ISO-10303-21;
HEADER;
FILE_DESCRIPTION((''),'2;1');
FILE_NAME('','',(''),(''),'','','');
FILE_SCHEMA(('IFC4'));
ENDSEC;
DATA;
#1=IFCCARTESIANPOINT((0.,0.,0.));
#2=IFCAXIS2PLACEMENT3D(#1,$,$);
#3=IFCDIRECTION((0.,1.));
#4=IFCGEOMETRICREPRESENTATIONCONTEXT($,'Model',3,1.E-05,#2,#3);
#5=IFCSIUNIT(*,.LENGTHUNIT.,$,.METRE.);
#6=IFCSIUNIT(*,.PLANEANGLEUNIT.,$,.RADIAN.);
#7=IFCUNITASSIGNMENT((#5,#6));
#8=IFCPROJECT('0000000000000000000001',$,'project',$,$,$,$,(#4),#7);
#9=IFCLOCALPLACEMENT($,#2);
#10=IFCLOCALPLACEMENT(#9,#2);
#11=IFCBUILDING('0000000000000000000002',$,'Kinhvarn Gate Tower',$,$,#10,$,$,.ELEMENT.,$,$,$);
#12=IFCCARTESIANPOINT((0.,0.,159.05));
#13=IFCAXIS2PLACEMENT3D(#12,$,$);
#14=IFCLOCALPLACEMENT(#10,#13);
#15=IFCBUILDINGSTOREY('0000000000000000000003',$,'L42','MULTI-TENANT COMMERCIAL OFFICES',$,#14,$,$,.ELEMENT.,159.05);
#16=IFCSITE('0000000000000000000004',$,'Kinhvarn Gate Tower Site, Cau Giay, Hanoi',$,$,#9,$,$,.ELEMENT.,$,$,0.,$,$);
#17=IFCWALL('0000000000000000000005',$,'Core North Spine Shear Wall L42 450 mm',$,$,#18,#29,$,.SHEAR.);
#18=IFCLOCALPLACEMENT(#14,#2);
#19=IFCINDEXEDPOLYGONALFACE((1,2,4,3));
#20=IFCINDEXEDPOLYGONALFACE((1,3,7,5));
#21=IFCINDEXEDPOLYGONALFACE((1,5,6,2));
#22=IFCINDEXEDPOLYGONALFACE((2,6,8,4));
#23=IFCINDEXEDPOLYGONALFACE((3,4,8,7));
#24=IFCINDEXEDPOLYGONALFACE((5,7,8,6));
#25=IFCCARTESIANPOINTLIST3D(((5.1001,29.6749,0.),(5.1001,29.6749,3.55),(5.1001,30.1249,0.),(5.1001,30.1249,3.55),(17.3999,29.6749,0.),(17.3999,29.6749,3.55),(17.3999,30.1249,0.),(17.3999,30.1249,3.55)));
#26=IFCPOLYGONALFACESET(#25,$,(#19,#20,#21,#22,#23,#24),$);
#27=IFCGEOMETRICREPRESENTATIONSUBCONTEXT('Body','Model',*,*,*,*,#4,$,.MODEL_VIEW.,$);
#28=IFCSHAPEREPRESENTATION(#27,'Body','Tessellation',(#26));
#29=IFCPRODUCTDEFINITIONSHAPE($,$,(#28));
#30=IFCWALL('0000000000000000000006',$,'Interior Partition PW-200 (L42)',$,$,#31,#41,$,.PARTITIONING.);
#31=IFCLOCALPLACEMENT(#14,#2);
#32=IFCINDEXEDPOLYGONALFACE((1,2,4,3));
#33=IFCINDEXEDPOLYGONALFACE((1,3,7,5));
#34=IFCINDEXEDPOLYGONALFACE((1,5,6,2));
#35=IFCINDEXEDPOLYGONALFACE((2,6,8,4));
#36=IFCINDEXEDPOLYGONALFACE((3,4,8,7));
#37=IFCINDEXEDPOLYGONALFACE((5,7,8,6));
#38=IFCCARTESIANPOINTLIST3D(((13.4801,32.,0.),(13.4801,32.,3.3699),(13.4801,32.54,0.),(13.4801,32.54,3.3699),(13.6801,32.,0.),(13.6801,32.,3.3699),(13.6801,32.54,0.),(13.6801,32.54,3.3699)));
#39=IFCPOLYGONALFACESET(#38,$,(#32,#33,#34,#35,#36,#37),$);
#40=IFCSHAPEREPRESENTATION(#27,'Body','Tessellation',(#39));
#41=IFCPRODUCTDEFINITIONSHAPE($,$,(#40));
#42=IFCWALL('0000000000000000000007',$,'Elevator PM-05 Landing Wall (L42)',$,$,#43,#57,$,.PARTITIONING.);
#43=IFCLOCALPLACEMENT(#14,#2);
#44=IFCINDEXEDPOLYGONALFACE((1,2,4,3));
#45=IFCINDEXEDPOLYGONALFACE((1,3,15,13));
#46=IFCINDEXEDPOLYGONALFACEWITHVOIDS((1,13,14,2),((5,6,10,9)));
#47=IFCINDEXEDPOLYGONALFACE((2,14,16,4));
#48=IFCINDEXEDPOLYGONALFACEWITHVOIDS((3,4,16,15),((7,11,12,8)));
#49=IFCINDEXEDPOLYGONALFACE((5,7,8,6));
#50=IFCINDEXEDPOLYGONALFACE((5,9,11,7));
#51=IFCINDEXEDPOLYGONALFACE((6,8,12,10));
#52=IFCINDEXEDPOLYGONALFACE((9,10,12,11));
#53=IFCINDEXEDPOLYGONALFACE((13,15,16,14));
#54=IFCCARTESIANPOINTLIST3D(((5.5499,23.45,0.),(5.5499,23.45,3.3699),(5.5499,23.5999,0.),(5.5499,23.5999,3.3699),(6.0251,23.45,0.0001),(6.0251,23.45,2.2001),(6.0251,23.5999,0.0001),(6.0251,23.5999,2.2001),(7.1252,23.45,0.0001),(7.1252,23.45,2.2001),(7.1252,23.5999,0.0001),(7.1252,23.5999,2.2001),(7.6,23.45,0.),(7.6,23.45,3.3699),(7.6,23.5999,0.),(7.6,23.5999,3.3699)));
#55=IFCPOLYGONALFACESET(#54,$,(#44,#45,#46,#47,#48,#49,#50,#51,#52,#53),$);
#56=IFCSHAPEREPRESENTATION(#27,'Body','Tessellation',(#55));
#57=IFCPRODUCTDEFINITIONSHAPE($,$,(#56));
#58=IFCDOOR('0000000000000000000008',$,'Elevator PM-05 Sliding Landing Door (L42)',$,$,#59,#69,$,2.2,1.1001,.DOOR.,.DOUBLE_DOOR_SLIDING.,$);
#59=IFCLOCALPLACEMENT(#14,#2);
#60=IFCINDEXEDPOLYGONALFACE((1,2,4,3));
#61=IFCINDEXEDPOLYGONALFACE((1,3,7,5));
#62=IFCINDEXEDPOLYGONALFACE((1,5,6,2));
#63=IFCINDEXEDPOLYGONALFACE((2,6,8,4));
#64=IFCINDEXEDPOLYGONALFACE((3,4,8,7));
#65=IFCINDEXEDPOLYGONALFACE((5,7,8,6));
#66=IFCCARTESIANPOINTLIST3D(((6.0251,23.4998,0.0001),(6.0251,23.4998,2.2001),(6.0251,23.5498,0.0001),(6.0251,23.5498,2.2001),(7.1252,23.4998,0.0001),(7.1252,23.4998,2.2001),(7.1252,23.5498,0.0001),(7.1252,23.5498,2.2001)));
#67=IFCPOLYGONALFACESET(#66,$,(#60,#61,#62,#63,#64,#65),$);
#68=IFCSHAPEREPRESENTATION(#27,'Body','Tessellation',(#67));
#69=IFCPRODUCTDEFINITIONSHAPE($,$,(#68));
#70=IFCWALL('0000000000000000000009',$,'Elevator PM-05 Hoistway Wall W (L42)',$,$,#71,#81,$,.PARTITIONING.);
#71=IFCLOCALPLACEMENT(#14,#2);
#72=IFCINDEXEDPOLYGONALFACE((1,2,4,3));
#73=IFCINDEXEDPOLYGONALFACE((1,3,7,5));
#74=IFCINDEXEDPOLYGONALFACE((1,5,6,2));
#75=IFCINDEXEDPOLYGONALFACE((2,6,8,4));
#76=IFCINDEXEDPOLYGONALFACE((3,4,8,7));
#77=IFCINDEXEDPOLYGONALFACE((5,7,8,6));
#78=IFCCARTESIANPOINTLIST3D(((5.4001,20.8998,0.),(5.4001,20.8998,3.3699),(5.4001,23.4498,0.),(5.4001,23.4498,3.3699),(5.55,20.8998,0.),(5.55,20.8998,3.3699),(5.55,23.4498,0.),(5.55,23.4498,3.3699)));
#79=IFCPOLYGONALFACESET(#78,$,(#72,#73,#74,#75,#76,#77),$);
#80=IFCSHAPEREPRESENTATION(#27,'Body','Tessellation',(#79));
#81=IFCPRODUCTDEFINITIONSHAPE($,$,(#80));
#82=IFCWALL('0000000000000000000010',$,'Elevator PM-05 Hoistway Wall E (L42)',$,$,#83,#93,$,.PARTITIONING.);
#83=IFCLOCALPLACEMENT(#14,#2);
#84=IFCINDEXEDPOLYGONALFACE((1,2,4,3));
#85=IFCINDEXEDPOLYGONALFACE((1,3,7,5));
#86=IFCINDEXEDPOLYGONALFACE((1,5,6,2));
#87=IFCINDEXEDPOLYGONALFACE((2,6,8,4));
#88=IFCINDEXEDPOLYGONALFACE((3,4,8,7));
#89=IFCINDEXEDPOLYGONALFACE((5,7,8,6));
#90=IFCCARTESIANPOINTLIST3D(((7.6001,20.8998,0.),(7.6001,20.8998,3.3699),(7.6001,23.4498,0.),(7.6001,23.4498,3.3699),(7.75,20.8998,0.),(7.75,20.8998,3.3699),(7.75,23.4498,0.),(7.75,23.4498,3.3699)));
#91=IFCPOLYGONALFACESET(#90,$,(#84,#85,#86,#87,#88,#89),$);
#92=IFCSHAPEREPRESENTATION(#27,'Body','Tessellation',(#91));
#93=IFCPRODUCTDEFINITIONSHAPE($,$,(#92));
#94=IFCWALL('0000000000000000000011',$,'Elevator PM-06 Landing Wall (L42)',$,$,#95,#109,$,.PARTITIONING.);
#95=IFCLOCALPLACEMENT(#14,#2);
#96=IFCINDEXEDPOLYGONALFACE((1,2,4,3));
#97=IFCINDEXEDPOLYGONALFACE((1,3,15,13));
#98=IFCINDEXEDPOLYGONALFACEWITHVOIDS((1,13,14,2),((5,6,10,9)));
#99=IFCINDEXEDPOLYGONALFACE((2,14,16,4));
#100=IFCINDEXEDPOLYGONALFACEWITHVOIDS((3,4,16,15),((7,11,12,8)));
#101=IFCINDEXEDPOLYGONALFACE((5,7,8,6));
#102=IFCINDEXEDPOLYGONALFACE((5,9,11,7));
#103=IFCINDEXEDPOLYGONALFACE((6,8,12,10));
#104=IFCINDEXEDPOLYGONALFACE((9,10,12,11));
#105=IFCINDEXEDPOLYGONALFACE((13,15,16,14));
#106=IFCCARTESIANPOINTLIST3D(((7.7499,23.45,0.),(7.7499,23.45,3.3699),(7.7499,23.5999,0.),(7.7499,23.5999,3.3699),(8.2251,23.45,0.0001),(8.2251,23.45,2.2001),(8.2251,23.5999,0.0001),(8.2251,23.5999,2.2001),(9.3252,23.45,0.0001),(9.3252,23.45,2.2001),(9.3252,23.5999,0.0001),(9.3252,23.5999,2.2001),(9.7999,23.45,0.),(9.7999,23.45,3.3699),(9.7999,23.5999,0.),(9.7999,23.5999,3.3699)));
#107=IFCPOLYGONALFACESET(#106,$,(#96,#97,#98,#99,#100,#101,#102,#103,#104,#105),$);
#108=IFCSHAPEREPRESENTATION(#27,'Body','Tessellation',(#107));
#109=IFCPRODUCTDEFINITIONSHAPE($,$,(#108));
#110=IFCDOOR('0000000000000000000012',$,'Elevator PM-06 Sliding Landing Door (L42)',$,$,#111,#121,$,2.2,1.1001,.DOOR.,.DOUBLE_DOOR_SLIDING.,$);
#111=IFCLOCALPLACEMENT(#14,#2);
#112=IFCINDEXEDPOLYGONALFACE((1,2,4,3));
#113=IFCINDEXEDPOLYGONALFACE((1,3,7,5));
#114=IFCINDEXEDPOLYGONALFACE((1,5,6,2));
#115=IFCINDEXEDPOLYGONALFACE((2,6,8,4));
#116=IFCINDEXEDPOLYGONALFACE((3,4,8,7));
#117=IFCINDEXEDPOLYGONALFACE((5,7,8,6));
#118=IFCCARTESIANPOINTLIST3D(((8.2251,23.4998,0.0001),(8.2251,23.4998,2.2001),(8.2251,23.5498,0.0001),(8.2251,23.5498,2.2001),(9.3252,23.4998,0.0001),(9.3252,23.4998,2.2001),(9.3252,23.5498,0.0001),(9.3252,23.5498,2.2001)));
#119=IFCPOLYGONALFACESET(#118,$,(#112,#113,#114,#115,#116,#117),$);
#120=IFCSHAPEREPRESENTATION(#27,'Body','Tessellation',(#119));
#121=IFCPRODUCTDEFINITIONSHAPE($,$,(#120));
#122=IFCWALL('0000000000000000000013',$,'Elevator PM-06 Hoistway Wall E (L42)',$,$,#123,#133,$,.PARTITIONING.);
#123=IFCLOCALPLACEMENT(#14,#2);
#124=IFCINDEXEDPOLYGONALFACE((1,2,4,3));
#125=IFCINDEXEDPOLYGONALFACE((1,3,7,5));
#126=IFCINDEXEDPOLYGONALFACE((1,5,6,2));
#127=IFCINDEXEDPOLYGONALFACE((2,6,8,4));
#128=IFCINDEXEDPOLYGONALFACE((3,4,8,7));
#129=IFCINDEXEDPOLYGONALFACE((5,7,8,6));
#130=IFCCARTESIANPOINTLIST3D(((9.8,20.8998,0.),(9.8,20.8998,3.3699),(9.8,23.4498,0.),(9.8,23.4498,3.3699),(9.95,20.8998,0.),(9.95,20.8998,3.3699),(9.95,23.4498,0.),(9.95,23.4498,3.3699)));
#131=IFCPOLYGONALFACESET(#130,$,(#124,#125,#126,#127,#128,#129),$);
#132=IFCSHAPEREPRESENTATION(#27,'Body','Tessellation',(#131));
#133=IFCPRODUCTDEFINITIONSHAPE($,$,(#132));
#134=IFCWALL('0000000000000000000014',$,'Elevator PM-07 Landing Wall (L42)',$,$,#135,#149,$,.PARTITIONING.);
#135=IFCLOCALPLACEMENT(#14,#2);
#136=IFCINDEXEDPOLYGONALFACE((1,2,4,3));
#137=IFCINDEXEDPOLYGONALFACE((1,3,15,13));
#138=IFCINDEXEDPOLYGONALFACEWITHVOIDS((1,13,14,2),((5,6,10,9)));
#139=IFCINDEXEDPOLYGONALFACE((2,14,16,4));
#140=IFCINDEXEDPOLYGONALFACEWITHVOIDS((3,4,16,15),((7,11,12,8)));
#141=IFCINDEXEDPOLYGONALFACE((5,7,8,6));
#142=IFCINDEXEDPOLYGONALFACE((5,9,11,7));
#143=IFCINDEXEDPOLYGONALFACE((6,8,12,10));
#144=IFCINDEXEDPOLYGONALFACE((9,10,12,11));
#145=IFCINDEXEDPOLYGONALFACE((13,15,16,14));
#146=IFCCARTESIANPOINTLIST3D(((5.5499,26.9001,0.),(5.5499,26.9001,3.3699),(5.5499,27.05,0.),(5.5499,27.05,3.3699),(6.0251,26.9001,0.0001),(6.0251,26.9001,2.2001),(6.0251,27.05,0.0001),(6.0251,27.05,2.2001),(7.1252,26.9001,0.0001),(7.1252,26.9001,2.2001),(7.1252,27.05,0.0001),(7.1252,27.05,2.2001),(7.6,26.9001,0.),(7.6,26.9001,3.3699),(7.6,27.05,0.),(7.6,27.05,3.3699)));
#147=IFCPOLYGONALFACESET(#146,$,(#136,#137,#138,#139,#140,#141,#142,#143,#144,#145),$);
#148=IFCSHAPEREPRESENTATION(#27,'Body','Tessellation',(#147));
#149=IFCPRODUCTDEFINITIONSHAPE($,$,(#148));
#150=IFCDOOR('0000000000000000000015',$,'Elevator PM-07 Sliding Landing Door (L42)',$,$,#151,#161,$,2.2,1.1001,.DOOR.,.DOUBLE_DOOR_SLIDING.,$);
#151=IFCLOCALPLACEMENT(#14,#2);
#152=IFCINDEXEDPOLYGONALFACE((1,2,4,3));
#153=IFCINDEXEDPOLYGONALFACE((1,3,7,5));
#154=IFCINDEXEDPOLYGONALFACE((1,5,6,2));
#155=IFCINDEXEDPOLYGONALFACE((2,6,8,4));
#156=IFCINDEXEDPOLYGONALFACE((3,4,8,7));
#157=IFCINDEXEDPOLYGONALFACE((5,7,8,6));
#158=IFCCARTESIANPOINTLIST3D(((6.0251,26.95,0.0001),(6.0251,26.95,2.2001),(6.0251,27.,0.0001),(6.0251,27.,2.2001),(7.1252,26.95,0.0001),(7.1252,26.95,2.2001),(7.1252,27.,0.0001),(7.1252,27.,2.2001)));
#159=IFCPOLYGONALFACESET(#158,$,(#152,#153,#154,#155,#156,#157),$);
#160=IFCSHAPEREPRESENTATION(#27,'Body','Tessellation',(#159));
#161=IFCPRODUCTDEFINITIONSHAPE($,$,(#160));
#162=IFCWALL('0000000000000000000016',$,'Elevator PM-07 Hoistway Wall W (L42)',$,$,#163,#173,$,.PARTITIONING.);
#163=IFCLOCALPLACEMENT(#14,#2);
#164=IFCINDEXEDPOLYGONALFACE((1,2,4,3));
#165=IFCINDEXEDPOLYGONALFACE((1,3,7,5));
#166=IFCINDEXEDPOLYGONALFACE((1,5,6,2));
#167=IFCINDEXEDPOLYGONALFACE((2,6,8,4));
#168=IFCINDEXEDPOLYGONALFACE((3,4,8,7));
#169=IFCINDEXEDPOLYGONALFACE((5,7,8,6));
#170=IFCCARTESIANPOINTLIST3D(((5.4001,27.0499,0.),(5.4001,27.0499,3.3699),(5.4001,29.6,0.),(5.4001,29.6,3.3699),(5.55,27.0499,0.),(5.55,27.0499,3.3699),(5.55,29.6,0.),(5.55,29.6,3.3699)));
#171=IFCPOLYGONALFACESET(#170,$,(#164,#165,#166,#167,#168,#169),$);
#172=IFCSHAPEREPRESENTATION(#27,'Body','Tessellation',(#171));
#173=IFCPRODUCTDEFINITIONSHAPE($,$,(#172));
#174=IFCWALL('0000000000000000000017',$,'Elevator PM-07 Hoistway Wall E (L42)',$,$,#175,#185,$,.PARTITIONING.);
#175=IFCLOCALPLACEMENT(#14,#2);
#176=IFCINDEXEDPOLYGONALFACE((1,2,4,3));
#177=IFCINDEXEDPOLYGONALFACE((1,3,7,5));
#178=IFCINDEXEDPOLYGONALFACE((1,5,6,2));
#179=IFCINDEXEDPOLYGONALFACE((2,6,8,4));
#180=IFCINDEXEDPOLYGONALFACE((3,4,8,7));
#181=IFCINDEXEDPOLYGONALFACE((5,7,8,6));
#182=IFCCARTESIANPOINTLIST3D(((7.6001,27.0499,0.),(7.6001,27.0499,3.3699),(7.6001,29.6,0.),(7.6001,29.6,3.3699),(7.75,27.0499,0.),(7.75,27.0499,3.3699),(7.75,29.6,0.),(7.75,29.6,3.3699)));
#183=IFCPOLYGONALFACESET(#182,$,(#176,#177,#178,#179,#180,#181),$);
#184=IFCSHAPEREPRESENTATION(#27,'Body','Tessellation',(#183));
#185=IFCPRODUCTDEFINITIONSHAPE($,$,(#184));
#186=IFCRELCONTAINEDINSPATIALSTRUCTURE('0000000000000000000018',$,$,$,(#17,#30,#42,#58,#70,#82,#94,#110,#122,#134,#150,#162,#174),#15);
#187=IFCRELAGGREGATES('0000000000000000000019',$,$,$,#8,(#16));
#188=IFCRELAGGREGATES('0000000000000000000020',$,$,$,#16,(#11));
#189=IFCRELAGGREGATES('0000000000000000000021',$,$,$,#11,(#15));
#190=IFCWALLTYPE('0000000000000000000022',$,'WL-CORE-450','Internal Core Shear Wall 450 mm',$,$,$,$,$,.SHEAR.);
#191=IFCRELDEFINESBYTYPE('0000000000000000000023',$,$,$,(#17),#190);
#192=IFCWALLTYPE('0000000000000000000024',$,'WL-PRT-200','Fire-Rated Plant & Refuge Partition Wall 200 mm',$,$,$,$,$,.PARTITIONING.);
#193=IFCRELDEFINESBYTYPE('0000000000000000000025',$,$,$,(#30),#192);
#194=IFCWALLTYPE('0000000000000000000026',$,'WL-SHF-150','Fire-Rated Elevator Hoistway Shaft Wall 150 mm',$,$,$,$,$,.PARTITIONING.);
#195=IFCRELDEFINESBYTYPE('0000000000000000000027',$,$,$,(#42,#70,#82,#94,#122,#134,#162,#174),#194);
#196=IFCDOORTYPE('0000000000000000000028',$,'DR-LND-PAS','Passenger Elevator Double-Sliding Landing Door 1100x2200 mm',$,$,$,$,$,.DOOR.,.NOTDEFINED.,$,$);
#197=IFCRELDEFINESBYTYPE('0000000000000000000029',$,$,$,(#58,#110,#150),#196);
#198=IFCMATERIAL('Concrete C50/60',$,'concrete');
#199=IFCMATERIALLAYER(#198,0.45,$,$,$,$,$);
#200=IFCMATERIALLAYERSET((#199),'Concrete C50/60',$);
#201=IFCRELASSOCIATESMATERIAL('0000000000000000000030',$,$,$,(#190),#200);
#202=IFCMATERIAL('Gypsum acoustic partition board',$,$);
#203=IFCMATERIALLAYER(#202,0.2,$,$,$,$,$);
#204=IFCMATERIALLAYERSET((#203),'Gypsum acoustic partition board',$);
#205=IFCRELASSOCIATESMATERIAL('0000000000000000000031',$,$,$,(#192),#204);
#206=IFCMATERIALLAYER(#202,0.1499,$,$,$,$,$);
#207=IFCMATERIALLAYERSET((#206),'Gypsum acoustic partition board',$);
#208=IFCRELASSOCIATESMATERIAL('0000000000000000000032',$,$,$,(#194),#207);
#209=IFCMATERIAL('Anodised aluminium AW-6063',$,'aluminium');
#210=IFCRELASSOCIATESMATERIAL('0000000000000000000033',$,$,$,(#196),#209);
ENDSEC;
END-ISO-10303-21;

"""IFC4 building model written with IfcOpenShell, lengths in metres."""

from ifc_helpers import new_model, si_unit, direction, frame, frame_2d, origin, place, context, subcontext, project, spatial, rectangle, extrude, material, layer, layer_set, type_object, element, fill, save


model = new_model("IFC4")

# Units and contexts
model_context = context("Model", 3, precision=1e-05, world=origin(), true_north=direction((0.0, 1.0)))
body_context = subcontext(model_context, "Body", "Model", "MODEL_VIEW")
ifc_project = project(units=[si_unit("LENGTHUNIT", "METRE"), si_unit("PLANEANGLEUNIT", "RADIAN")], contexts=[model_context])

# Site, building, storey
site_placement = place(None, origin())
site = spatial("IfcSite", under=ifc_project, at=site_placement, Name="Kinhvarn Gate Tower Site, Cau Giay, Hanoi", CompositionType="ELEMENT", RefElevation=0.0)
building_placement = place(site_placement, origin())
building = spatial("IfcBuilding", under=site, at=building_placement, Name="Kinhvarn Gate Tower", CompositionType="ELEMENT")
storey_placement = place(building_placement, frame((0.0, 0.0, 159.05)))
storey = spatial("IfcBuildingStorey", under=building, at=storey_placement, Name="L42", Description="MULTI-TENANT COMMERCIAL OFFICES", CompositionType="ELEMENT", Elevation=159.05)

# Walls
ifc_material_1 = material(Name="Concrete C50/60", Category="concrete")
ifc_layer_1 = layer(ifc_material_1, 0.45)
ifc_layer_set_1 = layer_set([ifc_layer_1], Name="Concrete C50/60")
wall_type_1 = type_object("IfcWallType", Name="WL-CORE-450", Description="Internal Core Shear Wall 450 mm", PredefinedType="SHEAR", material=ifc_layer_set_1)
wall_1_placement = place(storey_placement, frame((5.1001, 29.8999, 0.0), z_axis=(0.0, 0.0, 1.0), x_axis=(1.0, 0.0, 0.0)))
element("IfcWall", 1, at=wall_1_placement, inside=storey, type_object=wall_type_1, Name="Core North Spine Shear Wall L42 450 mm", PredefinedType="SHEAR", context=body_context, shape_type="SweptSolid", body=[
    extrude(rectangle(XDim=12.2998, YDim=0.45, at=frame_2d((6.1499, 0.0))), origin(), (0.0, 0.0, 1.0), 3.55),
])
ifc_material_2 = material(Name="Gypsum acoustic partition board")
ifc_layer_2 = layer(ifc_material_2, 0.2)
ifc_layer_set_2 = layer_set([ifc_layer_2], Name="Gypsum acoustic partition board")
wall_type_2 = type_object("IfcWallType", Name="WL-PRT-200", Description="Fire-Rated Plant & Refuge Partition Wall 200 mm", PredefinedType="PARTITIONING", material=ifc_layer_set_2)
wall_2_placement = place(storey_placement, frame((13.5801, 32.0, 0.0), z_axis=(0.0, 0.0, 1.0), x_axis=(0.0, 1.0, 0.0)))
element("IfcWall", 2, at=wall_2_placement, inside=storey, type_object=wall_type_2, Name="Interior Partition PW-200 (L42)", PredefinedType="PARTITIONING", context=body_context, shape_type="SweptSolid", body=[
    extrude(rectangle(XDim=0.54, YDim=0.2, at=frame_2d((0.27, 0.0))), origin(), (0.0, 0.0, 1.0), 3.3699),
])

# Wall, opening, door
ifc_layer_3 = layer(ifc_material_2, 0.1499)
ifc_layer_set_3 = layer_set([ifc_layer_3], Name="Gypsum acoustic partition board")
wall_type_3 = type_object("IfcWallType", Name="WL-SHF-150", Description="Fire-Rated Elevator Hoistway Shaft Wall 150 mm", PredefinedType="PARTITIONING", material=ifc_layer_set_3)
wall_3_placement = place(storey_placement, frame((5.55, 23.5249, 0.0), z_axis=(0.0, 0.0, 1.0), x_axis=(1.0, 0.0, 0.0)))
wall_3 = element("IfcWall", 3, at=wall_3_placement, inside=storey, type_object=wall_type_3, Name="Elevator PM-05 Landing Wall (L42)", PredefinedType="PARTITIONING", context=body_context, shape_type="SweptSolid", body=[
    extrude(rectangle(XDim=2.05, YDim=0.1499, at=frame_2d((1.0249, 0.0))), origin(), (0.0, 0.0, 1.0), 3.3699),
])
opening_1_placement = place(wall_3_placement, frame((0.4751, 0.0, 0.0)))
opening_1 = element("IfcOpeningElement", 4, at=opening_1_placement, cuts=wall_3, PredefinedType="OPENING", context=body_context, shape_type="SweptSolid", body=[
    extrude(rectangle(XDim=1.1001, YDim=2.2, at=frame_2d((0.55, 1.1001))), frame((0.0, 0.085, 0.0), z_axis=(0.0, -1.0, 0.0), x_axis=(1.0, 0.0, 0.0)), (0.0, 0.0, 1.0), 0.1699),
])
ifc_material_3 = material(Name="Anodised aluminium AW-6063", Category="aluminium")
door_type_1 = type_object("IfcDoorType", Name="DR-LND-PAS", Description="Passenger Elevator Double-Sliding Landing Door 1100x2200 mm", OperationType="NOTDEFINED", PredefinedType="DOOR", material=ifc_material_3)
door_1_placement = place(opening_1_placement, origin())
door_1 = element("IfcDoor", 5, at=door_1_placement, inside=storey, type_object=door_type_1, Name="Elevator PM-05 Sliding Landing Door (L42)", OperationType="DOUBLE_DOOR_SLIDING", OverallHeight=2.2, OverallWidth=1.1001, PredefinedType="DOOR", context=body_context, shape_type="SweptSolid", body=[
    extrude(rectangle(XDim=1.1001, YDim=2.2, at=frame_2d((0.55, 1.1001))), frame((0.0, 0.0249, 0.0), z_axis=(0.0, -1.0, 0.0), x_axis=(1.0, 0.0, 0.0)), (0.0, 0.0, 1.0), 0.05),
])
fill(opening_1, door_1)

# Walls
for number, where, z_axis, x_axis, name in (
    (6, (5.4751, 20.8999, 0.0), (0.0, 0.0, 1.0), (0.0, 1.0, 0.0), "Elevator PM-05 Hoistway Wall W (L42)"),
    (7, (7.675, 20.8999, 0.0), (0.0, 0.0, 1.0), (0.0, 1.0, 0.0), "Elevator PM-05 Hoistway Wall E (L42)"),
):
    element("IfcWall", number, at=place(storey_placement, frame(where, z_axis=z_axis, x_axis=x_axis)), inside=storey, type_object=wall_type_3, Name=name, PredefinedType="PARTITIONING", context=body_context, shape_type="SweptSolid", body=[
        extrude(rectangle(XDim=2.55, YDim=0.1499, at=frame_2d((1.2749, 0.0))), origin(), (0.0, 0.0, 1.0), 3.3699),
    ])

# Wall, opening, door
wall_4_placement = place(storey_placement, frame((7.75, 23.5249, 0.0), z_axis=(0.0, 0.0, 1.0), x_axis=(1.0, 0.0, 0.0)))
wall_4 = element("IfcWall", 8, at=wall_4_placement, inside=storey, type_object=wall_type_3, Name="Elevator PM-06 Landing Wall (L42)", PredefinedType="PARTITIONING", context=body_context, shape_type="SweptSolid", body=[
    extrude(rectangle(XDim=2.05, YDim=0.1499, at=frame_2d((1.0249, 0.0))), origin(), (0.0, 0.0, 1.0), 3.3699),
])
opening_2_placement = place(wall_4_placement, frame((0.4751, 0.0, 0.0)))
opening_2 = element("IfcOpeningElement", 9, at=opening_2_placement, cuts=wall_4, PredefinedType="OPENING", context=body_context, shape_type="SweptSolid", body=[
    extrude(rectangle(XDim=1.1001, YDim=2.2, at=frame_2d((0.55, 1.1001))), frame((0.0, 0.085, 0.0), z_axis=(0.0, -1.0, 0.0), x_axis=(1.0, 0.0, 0.0)), (0.0, 0.0, 1.0), 0.1699),
])
door_2_placement = place(opening_2_placement, origin())
door_2 = element("IfcDoor", 10, at=door_2_placement, inside=storey, type_object=door_type_1, Name="Elevator PM-06 Sliding Landing Door (L42)", OperationType="DOUBLE_DOOR_SLIDING", OverallHeight=2.2, OverallWidth=1.1001, PredefinedType="DOOR", context=body_context, shape_type="SweptSolid", body=[
    extrude(rectangle(XDim=1.1001, YDim=2.2, at=frame_2d((0.55, 1.1001))), frame((0.0, 0.0249, 0.0), z_axis=(0.0, -1.0, 0.0), x_axis=(1.0, 0.0, 0.0)), (0.0, 0.0, 1.0), 0.05),
])
fill(opening_2, door_2)

# Wall
wall_5_placement = place(storey_placement, frame((9.875, 20.8999, 0.0), z_axis=(0.0, 0.0, 1.0), x_axis=(0.0, 1.0, 0.0)))
element("IfcWall", 11, at=wall_5_placement, inside=storey, type_object=wall_type_3, Name="Elevator PM-06 Hoistway Wall E (L42)", PredefinedType="PARTITIONING", context=body_context, shape_type="SweptSolid", body=[
    extrude(rectangle(XDim=2.55, YDim=0.1499, at=frame_2d((1.2749, 0.0))), origin(), (0.0, 0.0, 1.0), 3.3699),
])

# Wall, opening, door
wall_6_placement = place(storey_placement, frame((5.55, 26.9751, 0.0), z_axis=(0.0, 0.0, 1.0), x_axis=(1.0, 0.0, 0.0)))
wall_6 = element("IfcWall", 12, at=wall_6_placement, inside=storey, type_object=wall_type_3, Name="Elevator PM-07 Landing Wall (L42)", PredefinedType="PARTITIONING", context=body_context, shape_type="SweptSolid", body=[
    extrude(rectangle(XDim=2.05, YDim=0.1499, at=frame_2d((1.0249, 0.0))), origin(), (0.0, 0.0, 1.0), 3.3699),
])
opening_3_placement = place(wall_6_placement, frame((0.4751, 0.0, 0.0)))
opening_3 = element("IfcOpeningElement", 13, at=opening_3_placement, cuts=wall_6, PredefinedType="OPENING", context=body_context, shape_type="SweptSolid", body=[
    extrude(rectangle(XDim=1.1001, YDim=2.2, at=frame_2d((0.55, 1.1001))), frame((0.0, 0.085, 0.0), z_axis=(0.0, -1.0, 0.0), x_axis=(1.0, 0.0, 0.0)), (0.0, 0.0, 1.0), 0.1699),
])
door_3_placement = place(opening_3_placement, origin())
door_3 = element("IfcDoor", 14, at=door_3_placement, inside=storey, type_object=door_type_1, Name="Elevator PM-07 Sliding Landing Door (L42)", OperationType="DOUBLE_DOOR_SLIDING", OverallHeight=2.2, OverallWidth=1.1001, PredefinedType="DOOR", context=body_context, shape_type="SweptSolid", body=[
    extrude(rectangle(XDim=1.1001, YDim=2.2, at=frame_2d((0.55, 1.1001))), frame((0.0, 0.0249, 0.0), z_axis=(0.0, -1.0, 0.0), x_axis=(1.0, 0.0, 0.0)), (0.0, 0.0, 1.0), 0.05),
])
fill(opening_3, door_3)

# Walls
for number, where, z_axis, x_axis, name in (
    (15, (5.4751, 27.05, 0.0), (0.0, 0.0, 1.0), (0.0, 1.0, 0.0), "Elevator PM-07 Hoistway Wall W (L42)"),
    (16, (7.675, 27.05, 0.0), (0.0, 0.0, 1.0), (0.0, 1.0, 0.0), "Elevator PM-07 Hoistway Wall E (L42)"),
):
    element("IfcWall", number, at=place(storey_placement, frame(where, z_axis=z_axis, x_axis=x_axis)), inside=storey, type_object=wall_type_3, Name=name, PredefinedType="PARTITIONING", context=body_context, shape_type="SweptSolid", body=[
        extrude(rectangle(XDim=2.55, YDim=0.1499, at=frame_2d((1.2749, 0.0))), origin(), (0.0, 0.0, 1.0), 3.3699),
    ])

save(model, "model.ifc")
